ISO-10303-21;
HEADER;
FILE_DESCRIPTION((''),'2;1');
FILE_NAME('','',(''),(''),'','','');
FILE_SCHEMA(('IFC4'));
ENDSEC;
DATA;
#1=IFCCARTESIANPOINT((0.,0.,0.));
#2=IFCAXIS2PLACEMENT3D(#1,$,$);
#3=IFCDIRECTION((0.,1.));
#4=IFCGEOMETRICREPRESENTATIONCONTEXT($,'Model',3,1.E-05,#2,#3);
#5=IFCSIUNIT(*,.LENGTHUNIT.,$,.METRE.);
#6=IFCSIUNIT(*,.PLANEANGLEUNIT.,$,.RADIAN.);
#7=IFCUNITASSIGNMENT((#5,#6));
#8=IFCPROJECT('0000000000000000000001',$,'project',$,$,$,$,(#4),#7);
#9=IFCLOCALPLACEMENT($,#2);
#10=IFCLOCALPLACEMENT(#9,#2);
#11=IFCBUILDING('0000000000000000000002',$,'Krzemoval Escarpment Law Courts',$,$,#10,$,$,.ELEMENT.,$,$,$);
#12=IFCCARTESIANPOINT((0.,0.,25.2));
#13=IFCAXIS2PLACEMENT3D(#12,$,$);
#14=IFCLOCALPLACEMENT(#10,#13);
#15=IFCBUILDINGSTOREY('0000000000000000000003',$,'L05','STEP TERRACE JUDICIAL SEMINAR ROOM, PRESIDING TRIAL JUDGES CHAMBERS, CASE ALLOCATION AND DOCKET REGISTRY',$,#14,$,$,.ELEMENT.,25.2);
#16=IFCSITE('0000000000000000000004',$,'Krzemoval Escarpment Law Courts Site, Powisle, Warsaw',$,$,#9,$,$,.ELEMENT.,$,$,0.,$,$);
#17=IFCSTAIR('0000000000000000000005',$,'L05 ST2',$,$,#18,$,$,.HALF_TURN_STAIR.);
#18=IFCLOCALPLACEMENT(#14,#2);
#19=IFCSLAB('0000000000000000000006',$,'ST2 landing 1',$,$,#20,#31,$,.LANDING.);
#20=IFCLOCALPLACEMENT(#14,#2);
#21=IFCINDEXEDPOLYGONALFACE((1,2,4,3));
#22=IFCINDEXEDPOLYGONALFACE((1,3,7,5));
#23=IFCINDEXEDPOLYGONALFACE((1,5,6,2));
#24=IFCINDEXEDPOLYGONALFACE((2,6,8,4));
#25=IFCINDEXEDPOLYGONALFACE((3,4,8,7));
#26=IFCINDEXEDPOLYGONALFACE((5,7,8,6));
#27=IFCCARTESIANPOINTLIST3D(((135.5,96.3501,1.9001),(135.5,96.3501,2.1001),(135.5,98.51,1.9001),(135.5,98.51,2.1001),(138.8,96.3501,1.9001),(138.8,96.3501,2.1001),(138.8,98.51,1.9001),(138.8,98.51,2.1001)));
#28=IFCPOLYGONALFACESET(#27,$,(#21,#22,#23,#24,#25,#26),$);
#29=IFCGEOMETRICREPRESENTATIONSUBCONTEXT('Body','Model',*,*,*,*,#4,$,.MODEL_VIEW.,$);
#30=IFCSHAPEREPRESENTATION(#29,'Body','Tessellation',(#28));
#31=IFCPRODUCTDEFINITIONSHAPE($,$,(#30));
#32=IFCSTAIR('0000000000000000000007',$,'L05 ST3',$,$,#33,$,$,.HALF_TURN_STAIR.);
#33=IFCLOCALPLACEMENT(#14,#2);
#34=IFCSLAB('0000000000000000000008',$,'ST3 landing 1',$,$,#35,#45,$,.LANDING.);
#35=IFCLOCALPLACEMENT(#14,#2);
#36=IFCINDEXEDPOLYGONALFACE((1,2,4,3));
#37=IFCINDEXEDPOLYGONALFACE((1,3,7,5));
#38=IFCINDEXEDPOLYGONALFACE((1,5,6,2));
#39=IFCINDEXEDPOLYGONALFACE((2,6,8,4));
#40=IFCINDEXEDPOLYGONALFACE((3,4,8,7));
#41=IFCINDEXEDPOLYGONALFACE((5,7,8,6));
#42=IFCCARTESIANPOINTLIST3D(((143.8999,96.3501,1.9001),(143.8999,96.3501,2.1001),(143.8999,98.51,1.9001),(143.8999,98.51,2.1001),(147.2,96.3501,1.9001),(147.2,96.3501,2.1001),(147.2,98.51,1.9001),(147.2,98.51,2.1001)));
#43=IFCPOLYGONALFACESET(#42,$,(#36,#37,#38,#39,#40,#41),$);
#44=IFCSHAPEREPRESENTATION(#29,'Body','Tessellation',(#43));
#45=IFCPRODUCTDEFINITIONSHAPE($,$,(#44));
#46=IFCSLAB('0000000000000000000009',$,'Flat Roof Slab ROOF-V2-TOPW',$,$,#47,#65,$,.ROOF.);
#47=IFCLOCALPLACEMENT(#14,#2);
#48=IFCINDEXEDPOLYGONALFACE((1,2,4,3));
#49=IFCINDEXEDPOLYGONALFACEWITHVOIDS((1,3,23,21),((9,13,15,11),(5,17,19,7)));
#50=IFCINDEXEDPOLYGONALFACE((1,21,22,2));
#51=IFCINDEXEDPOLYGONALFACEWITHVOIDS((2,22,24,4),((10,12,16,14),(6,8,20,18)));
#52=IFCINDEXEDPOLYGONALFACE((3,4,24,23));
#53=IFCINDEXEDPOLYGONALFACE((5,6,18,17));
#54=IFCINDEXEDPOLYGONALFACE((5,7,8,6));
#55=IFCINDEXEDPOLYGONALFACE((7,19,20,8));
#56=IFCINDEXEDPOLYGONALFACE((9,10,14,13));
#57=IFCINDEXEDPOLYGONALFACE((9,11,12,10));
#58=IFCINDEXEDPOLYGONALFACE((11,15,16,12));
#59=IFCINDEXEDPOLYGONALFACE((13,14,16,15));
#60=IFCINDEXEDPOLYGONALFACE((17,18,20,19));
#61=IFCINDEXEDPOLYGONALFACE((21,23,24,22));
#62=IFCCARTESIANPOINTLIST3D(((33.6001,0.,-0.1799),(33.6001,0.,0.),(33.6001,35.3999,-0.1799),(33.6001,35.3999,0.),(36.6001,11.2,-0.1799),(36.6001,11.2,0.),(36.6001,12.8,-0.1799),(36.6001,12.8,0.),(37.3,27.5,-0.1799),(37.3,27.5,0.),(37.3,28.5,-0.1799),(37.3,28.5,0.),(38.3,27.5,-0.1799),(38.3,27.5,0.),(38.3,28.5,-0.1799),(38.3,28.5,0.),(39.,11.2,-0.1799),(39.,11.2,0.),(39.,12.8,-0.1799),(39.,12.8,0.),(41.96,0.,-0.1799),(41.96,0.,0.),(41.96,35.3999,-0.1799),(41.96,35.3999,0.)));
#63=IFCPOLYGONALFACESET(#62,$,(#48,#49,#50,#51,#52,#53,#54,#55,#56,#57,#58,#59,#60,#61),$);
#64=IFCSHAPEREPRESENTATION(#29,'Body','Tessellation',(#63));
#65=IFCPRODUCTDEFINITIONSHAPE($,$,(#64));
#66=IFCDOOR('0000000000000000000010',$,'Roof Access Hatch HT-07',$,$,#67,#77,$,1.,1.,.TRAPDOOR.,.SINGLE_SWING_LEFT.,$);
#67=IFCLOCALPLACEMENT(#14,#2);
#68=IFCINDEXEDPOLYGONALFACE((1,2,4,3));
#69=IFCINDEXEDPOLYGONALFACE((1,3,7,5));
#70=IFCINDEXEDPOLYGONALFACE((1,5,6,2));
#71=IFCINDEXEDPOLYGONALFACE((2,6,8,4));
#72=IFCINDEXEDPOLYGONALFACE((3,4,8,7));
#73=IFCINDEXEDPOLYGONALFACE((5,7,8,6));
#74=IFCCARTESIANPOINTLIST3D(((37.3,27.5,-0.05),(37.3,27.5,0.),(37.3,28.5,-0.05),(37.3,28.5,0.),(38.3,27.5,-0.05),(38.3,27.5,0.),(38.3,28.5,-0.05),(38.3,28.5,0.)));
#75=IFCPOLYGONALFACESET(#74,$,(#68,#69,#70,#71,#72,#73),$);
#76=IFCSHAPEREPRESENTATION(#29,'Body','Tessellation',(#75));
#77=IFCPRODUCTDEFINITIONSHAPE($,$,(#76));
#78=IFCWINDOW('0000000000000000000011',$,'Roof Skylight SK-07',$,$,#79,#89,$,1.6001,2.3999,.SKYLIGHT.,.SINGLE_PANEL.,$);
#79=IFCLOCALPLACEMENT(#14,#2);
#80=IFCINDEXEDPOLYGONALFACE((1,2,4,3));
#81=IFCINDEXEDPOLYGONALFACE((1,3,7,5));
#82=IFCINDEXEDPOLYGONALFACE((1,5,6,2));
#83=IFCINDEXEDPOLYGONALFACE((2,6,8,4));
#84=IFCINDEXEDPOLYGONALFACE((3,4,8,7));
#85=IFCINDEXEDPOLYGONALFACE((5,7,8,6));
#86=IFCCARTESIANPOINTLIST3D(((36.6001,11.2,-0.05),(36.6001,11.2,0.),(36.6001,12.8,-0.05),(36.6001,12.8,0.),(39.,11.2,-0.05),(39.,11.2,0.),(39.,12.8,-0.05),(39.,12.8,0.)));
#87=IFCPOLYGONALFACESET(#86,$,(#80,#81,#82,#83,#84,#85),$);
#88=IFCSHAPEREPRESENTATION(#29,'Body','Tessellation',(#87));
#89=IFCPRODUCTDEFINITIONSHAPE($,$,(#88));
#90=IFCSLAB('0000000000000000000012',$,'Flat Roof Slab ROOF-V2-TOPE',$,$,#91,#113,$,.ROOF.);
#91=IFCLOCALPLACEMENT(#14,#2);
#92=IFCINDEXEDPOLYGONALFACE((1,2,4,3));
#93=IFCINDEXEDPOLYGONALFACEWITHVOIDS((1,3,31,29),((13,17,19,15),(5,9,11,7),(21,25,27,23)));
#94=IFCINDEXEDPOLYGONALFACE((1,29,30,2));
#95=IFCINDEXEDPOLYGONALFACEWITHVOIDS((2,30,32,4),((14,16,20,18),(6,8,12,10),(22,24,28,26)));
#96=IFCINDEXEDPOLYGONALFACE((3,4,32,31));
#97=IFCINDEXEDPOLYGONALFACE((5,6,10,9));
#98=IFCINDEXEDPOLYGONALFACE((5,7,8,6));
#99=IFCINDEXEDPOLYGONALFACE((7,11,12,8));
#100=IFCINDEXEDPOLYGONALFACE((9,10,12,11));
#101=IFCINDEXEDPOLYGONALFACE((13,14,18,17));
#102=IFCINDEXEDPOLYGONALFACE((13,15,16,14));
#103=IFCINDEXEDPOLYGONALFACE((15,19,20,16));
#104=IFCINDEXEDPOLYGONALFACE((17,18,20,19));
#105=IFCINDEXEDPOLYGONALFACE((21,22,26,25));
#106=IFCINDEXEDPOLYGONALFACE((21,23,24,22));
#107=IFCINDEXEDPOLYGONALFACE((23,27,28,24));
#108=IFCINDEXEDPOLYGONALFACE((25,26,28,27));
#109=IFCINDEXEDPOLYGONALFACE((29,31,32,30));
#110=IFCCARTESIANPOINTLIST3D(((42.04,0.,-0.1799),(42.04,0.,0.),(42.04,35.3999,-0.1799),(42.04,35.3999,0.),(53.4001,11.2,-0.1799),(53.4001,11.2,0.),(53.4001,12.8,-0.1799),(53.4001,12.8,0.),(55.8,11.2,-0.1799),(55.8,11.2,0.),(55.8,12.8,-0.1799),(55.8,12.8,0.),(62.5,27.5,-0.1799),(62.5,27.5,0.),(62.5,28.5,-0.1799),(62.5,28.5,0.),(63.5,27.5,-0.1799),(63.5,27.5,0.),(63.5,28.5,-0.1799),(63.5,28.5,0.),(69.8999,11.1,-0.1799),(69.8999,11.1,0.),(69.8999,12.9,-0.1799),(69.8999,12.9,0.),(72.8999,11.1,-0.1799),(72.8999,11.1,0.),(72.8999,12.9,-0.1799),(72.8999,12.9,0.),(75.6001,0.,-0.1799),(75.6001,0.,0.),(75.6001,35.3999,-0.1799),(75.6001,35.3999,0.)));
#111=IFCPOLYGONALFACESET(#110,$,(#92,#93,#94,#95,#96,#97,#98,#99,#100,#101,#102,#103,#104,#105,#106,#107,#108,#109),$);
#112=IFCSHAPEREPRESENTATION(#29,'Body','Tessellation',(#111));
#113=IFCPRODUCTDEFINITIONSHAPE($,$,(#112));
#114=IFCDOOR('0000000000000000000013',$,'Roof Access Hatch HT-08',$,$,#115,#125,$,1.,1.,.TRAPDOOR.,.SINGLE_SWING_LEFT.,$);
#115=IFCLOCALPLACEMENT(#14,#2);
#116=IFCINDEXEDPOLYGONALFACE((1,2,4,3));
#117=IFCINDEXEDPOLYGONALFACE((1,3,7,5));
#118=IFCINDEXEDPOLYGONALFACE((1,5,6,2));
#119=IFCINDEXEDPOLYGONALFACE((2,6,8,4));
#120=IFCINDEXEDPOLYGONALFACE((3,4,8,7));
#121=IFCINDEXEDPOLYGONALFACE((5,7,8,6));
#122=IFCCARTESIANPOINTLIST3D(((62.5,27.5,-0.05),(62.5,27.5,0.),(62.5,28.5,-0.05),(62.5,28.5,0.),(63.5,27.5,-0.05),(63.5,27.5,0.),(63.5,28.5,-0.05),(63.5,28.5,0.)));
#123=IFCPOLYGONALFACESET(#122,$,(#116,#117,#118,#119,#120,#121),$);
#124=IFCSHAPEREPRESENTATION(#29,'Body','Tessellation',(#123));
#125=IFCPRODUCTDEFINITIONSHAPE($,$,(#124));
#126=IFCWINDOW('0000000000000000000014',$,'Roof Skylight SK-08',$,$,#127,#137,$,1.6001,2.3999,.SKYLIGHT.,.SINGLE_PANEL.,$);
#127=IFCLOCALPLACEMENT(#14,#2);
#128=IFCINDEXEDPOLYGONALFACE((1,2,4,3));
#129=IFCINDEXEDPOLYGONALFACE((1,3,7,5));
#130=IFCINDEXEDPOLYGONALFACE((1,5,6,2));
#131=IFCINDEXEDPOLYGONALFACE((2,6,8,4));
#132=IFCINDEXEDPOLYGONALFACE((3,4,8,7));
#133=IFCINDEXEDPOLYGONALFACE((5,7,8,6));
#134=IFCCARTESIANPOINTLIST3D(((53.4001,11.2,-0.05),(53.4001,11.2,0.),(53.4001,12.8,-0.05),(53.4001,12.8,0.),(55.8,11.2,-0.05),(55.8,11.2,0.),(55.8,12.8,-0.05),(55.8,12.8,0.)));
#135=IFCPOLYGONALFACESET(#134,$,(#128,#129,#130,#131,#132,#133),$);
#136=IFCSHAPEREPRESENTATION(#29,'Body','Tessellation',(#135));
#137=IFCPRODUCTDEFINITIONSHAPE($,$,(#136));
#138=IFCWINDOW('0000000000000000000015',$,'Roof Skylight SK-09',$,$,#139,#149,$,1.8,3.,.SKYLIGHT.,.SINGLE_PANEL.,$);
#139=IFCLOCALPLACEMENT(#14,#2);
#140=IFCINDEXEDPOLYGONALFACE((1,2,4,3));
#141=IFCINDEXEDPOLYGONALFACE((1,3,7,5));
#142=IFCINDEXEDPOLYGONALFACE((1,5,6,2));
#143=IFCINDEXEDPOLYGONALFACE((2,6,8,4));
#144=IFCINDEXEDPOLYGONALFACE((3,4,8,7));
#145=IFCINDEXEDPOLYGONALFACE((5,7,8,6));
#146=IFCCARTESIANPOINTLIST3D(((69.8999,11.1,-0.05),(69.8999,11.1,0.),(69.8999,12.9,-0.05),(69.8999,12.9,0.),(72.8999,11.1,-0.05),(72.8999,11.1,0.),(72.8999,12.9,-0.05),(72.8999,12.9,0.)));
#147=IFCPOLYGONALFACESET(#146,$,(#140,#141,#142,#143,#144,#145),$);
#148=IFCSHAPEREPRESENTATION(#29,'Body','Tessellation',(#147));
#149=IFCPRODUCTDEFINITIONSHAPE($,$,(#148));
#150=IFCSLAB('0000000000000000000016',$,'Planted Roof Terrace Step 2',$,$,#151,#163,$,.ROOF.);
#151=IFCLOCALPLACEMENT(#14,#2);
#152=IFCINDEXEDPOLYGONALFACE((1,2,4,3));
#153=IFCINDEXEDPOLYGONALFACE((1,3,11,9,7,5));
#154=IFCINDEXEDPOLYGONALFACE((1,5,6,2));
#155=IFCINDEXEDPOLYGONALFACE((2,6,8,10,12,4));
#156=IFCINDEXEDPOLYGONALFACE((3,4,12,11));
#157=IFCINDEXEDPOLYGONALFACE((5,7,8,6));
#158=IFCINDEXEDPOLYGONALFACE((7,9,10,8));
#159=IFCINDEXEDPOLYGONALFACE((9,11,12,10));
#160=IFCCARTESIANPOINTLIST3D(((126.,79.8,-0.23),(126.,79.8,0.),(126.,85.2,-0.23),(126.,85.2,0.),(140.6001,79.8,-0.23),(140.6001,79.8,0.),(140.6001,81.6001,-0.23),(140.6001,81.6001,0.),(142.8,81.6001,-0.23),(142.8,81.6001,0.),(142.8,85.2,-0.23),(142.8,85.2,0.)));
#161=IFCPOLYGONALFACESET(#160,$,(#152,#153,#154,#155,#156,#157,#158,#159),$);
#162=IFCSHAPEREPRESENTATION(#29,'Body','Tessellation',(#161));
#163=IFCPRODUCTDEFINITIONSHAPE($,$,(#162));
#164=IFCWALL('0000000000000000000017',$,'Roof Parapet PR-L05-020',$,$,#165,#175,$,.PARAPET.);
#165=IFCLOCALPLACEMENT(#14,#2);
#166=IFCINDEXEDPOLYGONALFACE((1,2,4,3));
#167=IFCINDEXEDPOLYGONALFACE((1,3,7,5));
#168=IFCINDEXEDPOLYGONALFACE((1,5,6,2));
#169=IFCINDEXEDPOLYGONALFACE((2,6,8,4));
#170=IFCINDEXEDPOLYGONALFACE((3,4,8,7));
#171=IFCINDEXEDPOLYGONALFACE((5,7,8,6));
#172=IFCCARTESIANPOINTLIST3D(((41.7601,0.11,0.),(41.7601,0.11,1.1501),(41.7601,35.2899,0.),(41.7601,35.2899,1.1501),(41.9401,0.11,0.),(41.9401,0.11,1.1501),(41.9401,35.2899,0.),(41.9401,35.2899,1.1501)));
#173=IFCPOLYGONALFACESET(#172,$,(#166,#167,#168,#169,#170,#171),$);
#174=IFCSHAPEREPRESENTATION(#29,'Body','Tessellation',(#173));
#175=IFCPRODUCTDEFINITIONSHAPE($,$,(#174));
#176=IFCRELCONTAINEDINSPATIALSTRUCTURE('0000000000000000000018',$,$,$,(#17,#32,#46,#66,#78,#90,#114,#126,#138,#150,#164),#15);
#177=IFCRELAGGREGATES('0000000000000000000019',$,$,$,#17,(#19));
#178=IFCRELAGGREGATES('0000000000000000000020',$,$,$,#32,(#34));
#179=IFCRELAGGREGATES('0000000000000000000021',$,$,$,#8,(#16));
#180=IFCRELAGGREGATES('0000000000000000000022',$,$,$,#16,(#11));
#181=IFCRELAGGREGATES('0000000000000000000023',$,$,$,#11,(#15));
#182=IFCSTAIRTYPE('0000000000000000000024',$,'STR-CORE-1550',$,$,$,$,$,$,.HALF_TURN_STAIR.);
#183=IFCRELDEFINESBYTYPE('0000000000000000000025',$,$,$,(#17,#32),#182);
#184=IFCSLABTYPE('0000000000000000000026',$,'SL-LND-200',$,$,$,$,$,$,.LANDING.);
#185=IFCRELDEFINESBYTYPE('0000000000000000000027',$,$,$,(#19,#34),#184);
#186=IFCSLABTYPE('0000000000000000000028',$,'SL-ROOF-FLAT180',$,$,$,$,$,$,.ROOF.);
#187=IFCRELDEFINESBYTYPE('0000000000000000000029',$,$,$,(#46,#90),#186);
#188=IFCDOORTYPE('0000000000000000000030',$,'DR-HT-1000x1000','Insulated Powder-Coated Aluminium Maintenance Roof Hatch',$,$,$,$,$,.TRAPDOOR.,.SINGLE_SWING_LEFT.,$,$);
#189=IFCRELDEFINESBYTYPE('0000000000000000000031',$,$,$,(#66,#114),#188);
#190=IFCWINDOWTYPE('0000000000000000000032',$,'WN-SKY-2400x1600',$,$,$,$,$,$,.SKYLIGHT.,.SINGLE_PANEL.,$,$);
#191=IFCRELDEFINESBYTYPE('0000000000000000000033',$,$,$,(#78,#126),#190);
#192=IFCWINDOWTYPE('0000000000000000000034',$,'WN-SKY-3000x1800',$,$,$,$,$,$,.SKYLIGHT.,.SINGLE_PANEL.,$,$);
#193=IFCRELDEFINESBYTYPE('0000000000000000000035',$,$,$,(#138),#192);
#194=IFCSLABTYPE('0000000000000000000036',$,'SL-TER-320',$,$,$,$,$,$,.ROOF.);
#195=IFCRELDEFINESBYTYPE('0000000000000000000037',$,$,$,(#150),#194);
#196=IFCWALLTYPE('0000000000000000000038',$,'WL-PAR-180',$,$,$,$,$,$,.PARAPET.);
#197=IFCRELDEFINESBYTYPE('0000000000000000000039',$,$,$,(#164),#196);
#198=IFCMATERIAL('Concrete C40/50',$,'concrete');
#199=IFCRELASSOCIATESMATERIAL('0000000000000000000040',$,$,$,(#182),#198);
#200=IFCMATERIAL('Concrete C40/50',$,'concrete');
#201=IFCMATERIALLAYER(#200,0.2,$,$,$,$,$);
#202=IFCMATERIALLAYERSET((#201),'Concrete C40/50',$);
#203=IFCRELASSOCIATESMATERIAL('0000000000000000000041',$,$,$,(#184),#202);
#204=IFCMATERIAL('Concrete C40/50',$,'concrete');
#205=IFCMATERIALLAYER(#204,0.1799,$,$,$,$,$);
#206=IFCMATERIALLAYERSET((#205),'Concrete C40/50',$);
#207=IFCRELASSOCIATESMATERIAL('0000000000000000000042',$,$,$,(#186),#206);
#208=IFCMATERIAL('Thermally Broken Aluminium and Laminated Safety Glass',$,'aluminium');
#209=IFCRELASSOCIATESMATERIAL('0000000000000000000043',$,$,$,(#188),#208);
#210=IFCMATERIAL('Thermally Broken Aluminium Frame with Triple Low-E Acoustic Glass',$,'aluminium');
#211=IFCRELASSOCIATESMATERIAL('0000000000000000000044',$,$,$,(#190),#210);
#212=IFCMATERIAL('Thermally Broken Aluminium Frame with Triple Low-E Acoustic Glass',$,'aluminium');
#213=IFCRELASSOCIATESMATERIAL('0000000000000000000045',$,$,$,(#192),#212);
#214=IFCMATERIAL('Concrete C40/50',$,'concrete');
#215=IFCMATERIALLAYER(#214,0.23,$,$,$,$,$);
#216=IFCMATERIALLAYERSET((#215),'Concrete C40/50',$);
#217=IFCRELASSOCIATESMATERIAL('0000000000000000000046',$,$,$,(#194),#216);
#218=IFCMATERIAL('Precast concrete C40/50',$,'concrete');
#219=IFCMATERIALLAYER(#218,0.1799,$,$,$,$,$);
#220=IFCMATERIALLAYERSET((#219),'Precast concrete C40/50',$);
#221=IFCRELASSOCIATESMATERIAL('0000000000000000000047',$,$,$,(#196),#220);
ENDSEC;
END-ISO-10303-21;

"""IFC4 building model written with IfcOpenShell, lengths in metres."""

from ifc_helpers import new_model, si_unit, direction, frame, frame_2d, origin, origin_2d, place, context, subcontext, project, spatial, polyline, rectangle, outline, extrude, material, layer, layer_set, type_object, element, fill, aggregate, save


model = new_model("IFC4")

# Units and contexts
model_context = context("Model", 3, precision=1e-05, world=origin(), true_north=direction((0.0, 1.0)))
body_context = subcontext(model_context, "Body", "Model", "MODEL_VIEW")
ifc_project = project(units=[si_unit("LENGTHUNIT", "METRE"), si_unit("PLANEANGLEUNIT", "RADIAN")], contexts=[model_context])

# Site, building, storey
site_placement = place(None, origin())
site = spatial("IfcSite", under=ifc_project, at=site_placement, Name="Krzemoval Escarpment Law Courts Site, Powisle, Warsaw", CompositionType="ELEMENT", RefElevation=0.0)
building_placement = place(site_placement, origin())
building = spatial("IfcBuilding", under=site, at=building_placement, Name="Krzemoval Escarpment Law Courts", CompositionType="ELEMENT")
storey_placement = place(building_placement, frame((0.0, 0.0, 25.2)))
storey = spatial("IfcBuildingStorey", under=building, at=storey_placement, Name="L05", Description="STEP TERRACE JUDICIAL SEMINAR ROOM, PRESIDING TRIAL JUDGES CHAMBERS, CASE ALLOCATION AND DOCKET REGISTRY", CompositionType="ELEMENT", Elevation=25.2)

# Stairs, slabs
ifc_material_1 = material(Name="Concrete C40/50", Category="concrete")
stair_type = type_object("IfcStairType", Name="STR-CORE-1550", PredefinedType="HALF_TURN_STAIR", material=ifc_material_1)
ifc_material_2 = material(Name="Concrete C40/50", Category="concrete")
ifc_layer_1 = layer(ifc_material_2, 0.2)
ifc_layer_set_1 = layer_set([ifc_layer_1], Name="Concrete C40/50")
slab_type_1 = type_object("IfcSlabType", Name="SL-LND-200", PredefinedType="LANDING", material=ifc_layer_set_1)
stair_1_placement = place(storey_placement, origin())
stair_1 = element("IfcStair", 1, at=stair_1_placement, inside=storey, type_object=stair_type, Name="L05 ST2", PredefinedType="HALF_TURN_STAIR")
slab_1_placement = place(storey_placement, frame((0.0, 0.0, 1.9001)))
slab_1 = element("IfcSlab", 2, at=slab_1_placement, type_object=slab_type_1, Name="ST2 landing 1", PredefinedType="LANDING", context=body_context, shape_type="SweptSolid", body=[
    extrude(outline(polyline([(135.5, 98.51), (135.5, 96.3501), (138.8, 96.3501), (138.8, 98.51), (135.5, 98.51)])), origin(), (0.0, 0.0, 1.0), 0.2),
])
aggregate(stair_1, [slab_1])
stair_2_placement = place(storey_placement, origin())
stair_2 = element("IfcStair", 3, at=stair_2_placement, inside=storey, type_object=stair_type, Name="L05 ST3", PredefinedType="HALF_TURN_STAIR")
slab_2_placement = place(storey_placement, frame((0.0, 0.0, 1.9001)))
slab_2 = element("IfcSlab", 4, at=slab_2_placement, type_object=slab_type_1, Name="ST3 landing 1", PredefinedType="LANDING", context=body_context, shape_type="SweptSolid", body=[
    extrude(outline(polyline([(143.8999, 98.51), (143.8999, 96.3501), (147.2, 96.3501), (147.2, 98.51), (143.8999, 98.51)])), origin(), (0.0, 0.0, 1.0), 0.2),
])
aggregate(stair_2, [slab_2])

# Slab, openings, door, window
ifc_material_3 = material(Name="Concrete C40/50", Category="concrete")
ifc_layer_2 = layer(ifc_material_3, 0.1799)
ifc_layer_set_2 = layer_set([ifc_layer_2], Name="Concrete C40/50")
slab_type_2 = type_object("IfcSlabType", Name="SL-ROOF-FLAT180", PredefinedType="ROOF", material=ifc_layer_set_2)
slab_3_placement = place(storey_placement, frame((0.0, 0.0, -0.1799)))
slab_3 = element("IfcSlab", 5, at=slab_3_placement, inside=storey, type_object=slab_type_2, Name="Flat Roof Slab ROOF-V2-TOPW", PredefinedType="ROOF", context=body_context, shape_type="SweptSolid", body=[
    extrude(outline(polyline([(41.96, 0.0), (33.6001, 0.0), (33.6001, 35.3999), (41.96, 35.3999), (41.96, 0.0)])), origin(), (0.0, 0.0, 1.0), 0.1799),
])
opening_1_placement = place(slab_3_placement, frame((37.8, 12.0, 0.0)))
opening_1 = element("IfcOpeningElement", 6, at=opening_1_placement, cuts=slab_3, PredefinedType="OPENING", context=body_context, shape_type="SweptSolid", body=[
    extrude(rectangle(XDim=2.3999, YDim=1.6001, at=origin_2d()), frame((0.0, 0.0, -0.015)), (0.0, 0.0, 1.0), 0.2099),
])
opening_2_placement = place(slab_3_placement, frame((37.8, 28.0, 0.0)))
opening_2 = element("IfcOpeningElement", 7, at=opening_2_placement, cuts=slab_3, PredefinedType="OPENING", context=body_context, shape_type="SweptSolid", body=[
    extrude(rectangle(XDim=1.0, YDim=1.0, at=origin_2d()), frame((0.0, 0.0, -0.015)), (0.0, 0.0, 1.0), 0.2099),
])
ifc_material_4 = material(Name="Thermally Broken Aluminium and Laminated Safety Glass", Category="aluminium")
door_type = type_object("IfcDoorType", Name="DR-HT-1000x1000", Description="Insulated Powder-Coated Aluminium Maintenance Roof Hatch", OperationType="SINGLE_SWING_LEFT", PredefinedType="TRAPDOOR", material=ifc_material_4)
door_1_placement = place(opening_2_placement, frame((0.0, 0.0, 0.1299)))
door_1 = element("IfcDoor", 8, at=door_1_placement, inside=storey, type_object=door_type, Name="Roof Access Hatch HT-07", OperationType="SINGLE_SWING_LEFT", OverallHeight=1.0, OverallWidth=1.0, PredefinedType="TRAPDOOR", context=body_context, shape_type="SweptSolid", body=[
    extrude(rectangle(XDim=1.0, YDim=1.0, at=origin_2d()), origin(), (0.0, 0.0, 1.0), 0.05),
])
fill(opening_2, door_1)
ifc_material_5 = material(Name="Thermally Broken Aluminium Frame with Triple Low-E Acoustic Glass", Category="aluminium")
window_type_1 = type_object("IfcWindowType", Name="WN-SKY-2400x1600", PartitioningType="SINGLE_PANEL", PredefinedType="SKYLIGHT", material=ifc_material_5)
window_1_placement = place(opening_1_placement, frame((0.0, 0.0, 0.1299)))
window_1 = element("IfcWindow", 9, at=window_1_placement, inside=storey, type_object=window_type_1, Name="Roof Skylight SK-07", OverallHeight=1.6001, OverallWidth=2.3999, PartitioningType="SINGLE_PANEL", PredefinedType="SKYLIGHT", context=body_context, shape_type="SweptSolid", body=[
    extrude(rectangle(XDim=2.3999, YDim=1.6001, at=origin_2d()), origin(), (0.0, 0.0, 1.0), 0.05),
])
fill(opening_1, window_1)

# Slab, openings, door, windows
slab_4_placement = place(storey_placement, frame((0.0, 0.0, -0.1799)))
slab_4 = element("IfcSlab", 10, at=slab_4_placement, inside=storey, type_object=slab_type_2, Name="Flat Roof Slab ROOF-V2-TOPE", PredefinedType="ROOF", context=body_context, shape_type="SweptSolid", body=[
    extrude(outline(polyline([(75.6001, 35.3999), (75.6001, 0.0), (42.04, 0.0), (42.04, 35.3999), (75.6001, 35.3999)])), origin(), (0.0, 0.0, 1.0), 0.1799),
])
opening_3_placement = place(slab_4_placement, frame((54.6001, 12.0, 0.0)))
opening_3 = element("IfcOpeningElement", 11, at=opening_3_placement, cuts=slab_4, PredefinedType="OPENING", context=body_context, shape_type="SweptSolid", body=[
    extrude(rectangle(XDim=2.3999, YDim=1.6001, at=origin_2d()), frame((0.0, 0.0, -0.015)), (0.0, 0.0, 1.0), 0.2099),
])
opening_4_placement = place(slab_4_placement, frame((71.3999, 12.0, 0.0)))
opening_4 = element("IfcOpeningElement", 12, at=opening_4_placement, cuts=slab_4, PredefinedType="OPENING", context=body_context, shape_type="SweptSolid", body=[
    extrude(rectangle(XDim=3.0, YDim=1.8, at=origin_2d()), frame((0.0, 0.0, -0.015)), (0.0, 0.0, 1.0), 0.2099),
])
opening_5_placement = place(slab_4_placement, frame((63.0, 28.0, 0.0)))
opening_5 = element("IfcOpeningElement", 13, at=opening_5_placement, cuts=slab_4, PredefinedType="OPENING", context=body_context, shape_type="SweptSolid", body=[
    extrude(rectangle(XDim=1.0, YDim=1.0, at=origin_2d()), frame((0.0, 0.0, -0.015)), (0.0, 0.0, 1.0), 0.2099),
])
door_2_placement = place(opening_5_placement, frame((0.0, 0.0, 0.1299)))
door_2 = element("IfcDoor", 14, at=door_2_placement, inside=storey, type_object=door_type, Name="Roof Access Hatch HT-08", OperationType="SINGLE_SWING_LEFT", OverallHeight=1.0, OverallWidth=1.0, PredefinedType="TRAPDOOR", context=body_context, shape_type="SweptSolid", body=[
    extrude(rectangle(XDim=1.0, YDim=1.0, at=origin_2d()), origin(), (0.0, 0.0, 1.0), 0.05),
])
fill(opening_5, door_2)
window_2_placement = place(opening_3_placement, frame((0.0, 0.0, 0.1299)))
window_2 = element("IfcWindow", 15, at=window_2_placement, inside=storey, type_object=window_type_1, Name="Roof Skylight SK-08", OverallHeight=1.6001, OverallWidth=2.3999, PartitioningType="SINGLE_PANEL", PredefinedType="SKYLIGHT", context=body_context, shape_type="SweptSolid", body=[
    extrude(rectangle(XDim=2.3999, YDim=1.6001, at=origin_2d()), origin(), (0.0, 0.0, 1.0), 0.05),
])
fill(opening_3, window_2)
ifc_material_6 = material(Name="Thermally Broken Aluminium Frame with Triple Low-E Acoustic Glass", Category="aluminium")
window_type_2 = type_object("IfcWindowType", Name="WN-SKY-3000x1800", PartitioningType="SINGLE_PANEL", PredefinedType="SKYLIGHT", material=ifc_material_6)
window_3_placement = place(opening_4_placement, frame((0.0, 0.0, 0.1299)))
window_3 = element("IfcWindow", 16, at=window_3_placement, inside=storey, type_object=window_type_2, Name="Roof Skylight SK-09", OverallHeight=1.8, OverallWidth=3.0, PartitioningType="SINGLE_PANEL", PredefinedType="SKYLIGHT", context=body_context, shape_type="SweptSolid", body=[
    extrude(rectangle(XDim=3.0, YDim=1.8, at=origin_2d()), origin(), (0.0, 0.0, 1.0), 0.05),
])
fill(opening_4, window_3)

# Slab
ifc_material_7 = material(Name="Concrete C40/50", Category="concrete")
ifc_layer_3 = layer(ifc_material_7, 0.23)
ifc_layer_set_3 = layer_set([ifc_layer_3], Name="Concrete C40/50")
slab_type_3 = type_object("IfcSlabType", Name="SL-TER-320", PredefinedType="ROOF", material=ifc_layer_set_3)
slab_5_placement = place(storey_placement, frame((0.0, 0.0, -0.23)))
element("IfcSlab", 17, at=slab_5_placement, inside=storey, type_object=slab_type_3, Name="Planted Roof Terrace Step 2", PredefinedType="ROOF", context=body_context, shape_type="SweptSolid", body=[
    extrude(outline(polyline([(126.0, 85.2), (142.8, 85.2), (142.8, 81.6001), (140.6001, 81.6001), (140.6001, 79.8), (126.0, 79.8), (126.0, 85.2)])), origin(), (0.0, 0.0, 1.0), 0.23),
])

# Wall
ifc_material_8 = material(Name="Precast concrete C40/50", Category="concrete")
ifc_layer_4 = layer(ifc_material_8, 0.1799)
ifc_layer_set_4 = layer_set([ifc_layer_4], Name="Precast concrete C40/50")
wall_type_1 = type_object("IfcWallType", Name="WL-PAR-180", PredefinedType="PARAPET", material=ifc_layer_set_4)
wall_1_placement = place(storey_placement, frame((41.8501, 0.1101, 0.0), z_axis=(0.0, 0.0, 1.0), x_axis=(0.0, 1.0, 0.0)))
element("IfcWall", 18, at=wall_1_placement, inside=storey, type_object=wall_type_1, Name="Roof Parapet PR-L05-020", PredefinedType="PARAPET", context=body_context, shape_type="SweptSolid", body=[
    extrude(rectangle(XDim=35.1799, YDim=0.1799, at=frame_2d((17.5898, 0.0))), origin(), (0.0, 0.0, 1.0), 1.1501),
])

save(model, "model.ifc")
